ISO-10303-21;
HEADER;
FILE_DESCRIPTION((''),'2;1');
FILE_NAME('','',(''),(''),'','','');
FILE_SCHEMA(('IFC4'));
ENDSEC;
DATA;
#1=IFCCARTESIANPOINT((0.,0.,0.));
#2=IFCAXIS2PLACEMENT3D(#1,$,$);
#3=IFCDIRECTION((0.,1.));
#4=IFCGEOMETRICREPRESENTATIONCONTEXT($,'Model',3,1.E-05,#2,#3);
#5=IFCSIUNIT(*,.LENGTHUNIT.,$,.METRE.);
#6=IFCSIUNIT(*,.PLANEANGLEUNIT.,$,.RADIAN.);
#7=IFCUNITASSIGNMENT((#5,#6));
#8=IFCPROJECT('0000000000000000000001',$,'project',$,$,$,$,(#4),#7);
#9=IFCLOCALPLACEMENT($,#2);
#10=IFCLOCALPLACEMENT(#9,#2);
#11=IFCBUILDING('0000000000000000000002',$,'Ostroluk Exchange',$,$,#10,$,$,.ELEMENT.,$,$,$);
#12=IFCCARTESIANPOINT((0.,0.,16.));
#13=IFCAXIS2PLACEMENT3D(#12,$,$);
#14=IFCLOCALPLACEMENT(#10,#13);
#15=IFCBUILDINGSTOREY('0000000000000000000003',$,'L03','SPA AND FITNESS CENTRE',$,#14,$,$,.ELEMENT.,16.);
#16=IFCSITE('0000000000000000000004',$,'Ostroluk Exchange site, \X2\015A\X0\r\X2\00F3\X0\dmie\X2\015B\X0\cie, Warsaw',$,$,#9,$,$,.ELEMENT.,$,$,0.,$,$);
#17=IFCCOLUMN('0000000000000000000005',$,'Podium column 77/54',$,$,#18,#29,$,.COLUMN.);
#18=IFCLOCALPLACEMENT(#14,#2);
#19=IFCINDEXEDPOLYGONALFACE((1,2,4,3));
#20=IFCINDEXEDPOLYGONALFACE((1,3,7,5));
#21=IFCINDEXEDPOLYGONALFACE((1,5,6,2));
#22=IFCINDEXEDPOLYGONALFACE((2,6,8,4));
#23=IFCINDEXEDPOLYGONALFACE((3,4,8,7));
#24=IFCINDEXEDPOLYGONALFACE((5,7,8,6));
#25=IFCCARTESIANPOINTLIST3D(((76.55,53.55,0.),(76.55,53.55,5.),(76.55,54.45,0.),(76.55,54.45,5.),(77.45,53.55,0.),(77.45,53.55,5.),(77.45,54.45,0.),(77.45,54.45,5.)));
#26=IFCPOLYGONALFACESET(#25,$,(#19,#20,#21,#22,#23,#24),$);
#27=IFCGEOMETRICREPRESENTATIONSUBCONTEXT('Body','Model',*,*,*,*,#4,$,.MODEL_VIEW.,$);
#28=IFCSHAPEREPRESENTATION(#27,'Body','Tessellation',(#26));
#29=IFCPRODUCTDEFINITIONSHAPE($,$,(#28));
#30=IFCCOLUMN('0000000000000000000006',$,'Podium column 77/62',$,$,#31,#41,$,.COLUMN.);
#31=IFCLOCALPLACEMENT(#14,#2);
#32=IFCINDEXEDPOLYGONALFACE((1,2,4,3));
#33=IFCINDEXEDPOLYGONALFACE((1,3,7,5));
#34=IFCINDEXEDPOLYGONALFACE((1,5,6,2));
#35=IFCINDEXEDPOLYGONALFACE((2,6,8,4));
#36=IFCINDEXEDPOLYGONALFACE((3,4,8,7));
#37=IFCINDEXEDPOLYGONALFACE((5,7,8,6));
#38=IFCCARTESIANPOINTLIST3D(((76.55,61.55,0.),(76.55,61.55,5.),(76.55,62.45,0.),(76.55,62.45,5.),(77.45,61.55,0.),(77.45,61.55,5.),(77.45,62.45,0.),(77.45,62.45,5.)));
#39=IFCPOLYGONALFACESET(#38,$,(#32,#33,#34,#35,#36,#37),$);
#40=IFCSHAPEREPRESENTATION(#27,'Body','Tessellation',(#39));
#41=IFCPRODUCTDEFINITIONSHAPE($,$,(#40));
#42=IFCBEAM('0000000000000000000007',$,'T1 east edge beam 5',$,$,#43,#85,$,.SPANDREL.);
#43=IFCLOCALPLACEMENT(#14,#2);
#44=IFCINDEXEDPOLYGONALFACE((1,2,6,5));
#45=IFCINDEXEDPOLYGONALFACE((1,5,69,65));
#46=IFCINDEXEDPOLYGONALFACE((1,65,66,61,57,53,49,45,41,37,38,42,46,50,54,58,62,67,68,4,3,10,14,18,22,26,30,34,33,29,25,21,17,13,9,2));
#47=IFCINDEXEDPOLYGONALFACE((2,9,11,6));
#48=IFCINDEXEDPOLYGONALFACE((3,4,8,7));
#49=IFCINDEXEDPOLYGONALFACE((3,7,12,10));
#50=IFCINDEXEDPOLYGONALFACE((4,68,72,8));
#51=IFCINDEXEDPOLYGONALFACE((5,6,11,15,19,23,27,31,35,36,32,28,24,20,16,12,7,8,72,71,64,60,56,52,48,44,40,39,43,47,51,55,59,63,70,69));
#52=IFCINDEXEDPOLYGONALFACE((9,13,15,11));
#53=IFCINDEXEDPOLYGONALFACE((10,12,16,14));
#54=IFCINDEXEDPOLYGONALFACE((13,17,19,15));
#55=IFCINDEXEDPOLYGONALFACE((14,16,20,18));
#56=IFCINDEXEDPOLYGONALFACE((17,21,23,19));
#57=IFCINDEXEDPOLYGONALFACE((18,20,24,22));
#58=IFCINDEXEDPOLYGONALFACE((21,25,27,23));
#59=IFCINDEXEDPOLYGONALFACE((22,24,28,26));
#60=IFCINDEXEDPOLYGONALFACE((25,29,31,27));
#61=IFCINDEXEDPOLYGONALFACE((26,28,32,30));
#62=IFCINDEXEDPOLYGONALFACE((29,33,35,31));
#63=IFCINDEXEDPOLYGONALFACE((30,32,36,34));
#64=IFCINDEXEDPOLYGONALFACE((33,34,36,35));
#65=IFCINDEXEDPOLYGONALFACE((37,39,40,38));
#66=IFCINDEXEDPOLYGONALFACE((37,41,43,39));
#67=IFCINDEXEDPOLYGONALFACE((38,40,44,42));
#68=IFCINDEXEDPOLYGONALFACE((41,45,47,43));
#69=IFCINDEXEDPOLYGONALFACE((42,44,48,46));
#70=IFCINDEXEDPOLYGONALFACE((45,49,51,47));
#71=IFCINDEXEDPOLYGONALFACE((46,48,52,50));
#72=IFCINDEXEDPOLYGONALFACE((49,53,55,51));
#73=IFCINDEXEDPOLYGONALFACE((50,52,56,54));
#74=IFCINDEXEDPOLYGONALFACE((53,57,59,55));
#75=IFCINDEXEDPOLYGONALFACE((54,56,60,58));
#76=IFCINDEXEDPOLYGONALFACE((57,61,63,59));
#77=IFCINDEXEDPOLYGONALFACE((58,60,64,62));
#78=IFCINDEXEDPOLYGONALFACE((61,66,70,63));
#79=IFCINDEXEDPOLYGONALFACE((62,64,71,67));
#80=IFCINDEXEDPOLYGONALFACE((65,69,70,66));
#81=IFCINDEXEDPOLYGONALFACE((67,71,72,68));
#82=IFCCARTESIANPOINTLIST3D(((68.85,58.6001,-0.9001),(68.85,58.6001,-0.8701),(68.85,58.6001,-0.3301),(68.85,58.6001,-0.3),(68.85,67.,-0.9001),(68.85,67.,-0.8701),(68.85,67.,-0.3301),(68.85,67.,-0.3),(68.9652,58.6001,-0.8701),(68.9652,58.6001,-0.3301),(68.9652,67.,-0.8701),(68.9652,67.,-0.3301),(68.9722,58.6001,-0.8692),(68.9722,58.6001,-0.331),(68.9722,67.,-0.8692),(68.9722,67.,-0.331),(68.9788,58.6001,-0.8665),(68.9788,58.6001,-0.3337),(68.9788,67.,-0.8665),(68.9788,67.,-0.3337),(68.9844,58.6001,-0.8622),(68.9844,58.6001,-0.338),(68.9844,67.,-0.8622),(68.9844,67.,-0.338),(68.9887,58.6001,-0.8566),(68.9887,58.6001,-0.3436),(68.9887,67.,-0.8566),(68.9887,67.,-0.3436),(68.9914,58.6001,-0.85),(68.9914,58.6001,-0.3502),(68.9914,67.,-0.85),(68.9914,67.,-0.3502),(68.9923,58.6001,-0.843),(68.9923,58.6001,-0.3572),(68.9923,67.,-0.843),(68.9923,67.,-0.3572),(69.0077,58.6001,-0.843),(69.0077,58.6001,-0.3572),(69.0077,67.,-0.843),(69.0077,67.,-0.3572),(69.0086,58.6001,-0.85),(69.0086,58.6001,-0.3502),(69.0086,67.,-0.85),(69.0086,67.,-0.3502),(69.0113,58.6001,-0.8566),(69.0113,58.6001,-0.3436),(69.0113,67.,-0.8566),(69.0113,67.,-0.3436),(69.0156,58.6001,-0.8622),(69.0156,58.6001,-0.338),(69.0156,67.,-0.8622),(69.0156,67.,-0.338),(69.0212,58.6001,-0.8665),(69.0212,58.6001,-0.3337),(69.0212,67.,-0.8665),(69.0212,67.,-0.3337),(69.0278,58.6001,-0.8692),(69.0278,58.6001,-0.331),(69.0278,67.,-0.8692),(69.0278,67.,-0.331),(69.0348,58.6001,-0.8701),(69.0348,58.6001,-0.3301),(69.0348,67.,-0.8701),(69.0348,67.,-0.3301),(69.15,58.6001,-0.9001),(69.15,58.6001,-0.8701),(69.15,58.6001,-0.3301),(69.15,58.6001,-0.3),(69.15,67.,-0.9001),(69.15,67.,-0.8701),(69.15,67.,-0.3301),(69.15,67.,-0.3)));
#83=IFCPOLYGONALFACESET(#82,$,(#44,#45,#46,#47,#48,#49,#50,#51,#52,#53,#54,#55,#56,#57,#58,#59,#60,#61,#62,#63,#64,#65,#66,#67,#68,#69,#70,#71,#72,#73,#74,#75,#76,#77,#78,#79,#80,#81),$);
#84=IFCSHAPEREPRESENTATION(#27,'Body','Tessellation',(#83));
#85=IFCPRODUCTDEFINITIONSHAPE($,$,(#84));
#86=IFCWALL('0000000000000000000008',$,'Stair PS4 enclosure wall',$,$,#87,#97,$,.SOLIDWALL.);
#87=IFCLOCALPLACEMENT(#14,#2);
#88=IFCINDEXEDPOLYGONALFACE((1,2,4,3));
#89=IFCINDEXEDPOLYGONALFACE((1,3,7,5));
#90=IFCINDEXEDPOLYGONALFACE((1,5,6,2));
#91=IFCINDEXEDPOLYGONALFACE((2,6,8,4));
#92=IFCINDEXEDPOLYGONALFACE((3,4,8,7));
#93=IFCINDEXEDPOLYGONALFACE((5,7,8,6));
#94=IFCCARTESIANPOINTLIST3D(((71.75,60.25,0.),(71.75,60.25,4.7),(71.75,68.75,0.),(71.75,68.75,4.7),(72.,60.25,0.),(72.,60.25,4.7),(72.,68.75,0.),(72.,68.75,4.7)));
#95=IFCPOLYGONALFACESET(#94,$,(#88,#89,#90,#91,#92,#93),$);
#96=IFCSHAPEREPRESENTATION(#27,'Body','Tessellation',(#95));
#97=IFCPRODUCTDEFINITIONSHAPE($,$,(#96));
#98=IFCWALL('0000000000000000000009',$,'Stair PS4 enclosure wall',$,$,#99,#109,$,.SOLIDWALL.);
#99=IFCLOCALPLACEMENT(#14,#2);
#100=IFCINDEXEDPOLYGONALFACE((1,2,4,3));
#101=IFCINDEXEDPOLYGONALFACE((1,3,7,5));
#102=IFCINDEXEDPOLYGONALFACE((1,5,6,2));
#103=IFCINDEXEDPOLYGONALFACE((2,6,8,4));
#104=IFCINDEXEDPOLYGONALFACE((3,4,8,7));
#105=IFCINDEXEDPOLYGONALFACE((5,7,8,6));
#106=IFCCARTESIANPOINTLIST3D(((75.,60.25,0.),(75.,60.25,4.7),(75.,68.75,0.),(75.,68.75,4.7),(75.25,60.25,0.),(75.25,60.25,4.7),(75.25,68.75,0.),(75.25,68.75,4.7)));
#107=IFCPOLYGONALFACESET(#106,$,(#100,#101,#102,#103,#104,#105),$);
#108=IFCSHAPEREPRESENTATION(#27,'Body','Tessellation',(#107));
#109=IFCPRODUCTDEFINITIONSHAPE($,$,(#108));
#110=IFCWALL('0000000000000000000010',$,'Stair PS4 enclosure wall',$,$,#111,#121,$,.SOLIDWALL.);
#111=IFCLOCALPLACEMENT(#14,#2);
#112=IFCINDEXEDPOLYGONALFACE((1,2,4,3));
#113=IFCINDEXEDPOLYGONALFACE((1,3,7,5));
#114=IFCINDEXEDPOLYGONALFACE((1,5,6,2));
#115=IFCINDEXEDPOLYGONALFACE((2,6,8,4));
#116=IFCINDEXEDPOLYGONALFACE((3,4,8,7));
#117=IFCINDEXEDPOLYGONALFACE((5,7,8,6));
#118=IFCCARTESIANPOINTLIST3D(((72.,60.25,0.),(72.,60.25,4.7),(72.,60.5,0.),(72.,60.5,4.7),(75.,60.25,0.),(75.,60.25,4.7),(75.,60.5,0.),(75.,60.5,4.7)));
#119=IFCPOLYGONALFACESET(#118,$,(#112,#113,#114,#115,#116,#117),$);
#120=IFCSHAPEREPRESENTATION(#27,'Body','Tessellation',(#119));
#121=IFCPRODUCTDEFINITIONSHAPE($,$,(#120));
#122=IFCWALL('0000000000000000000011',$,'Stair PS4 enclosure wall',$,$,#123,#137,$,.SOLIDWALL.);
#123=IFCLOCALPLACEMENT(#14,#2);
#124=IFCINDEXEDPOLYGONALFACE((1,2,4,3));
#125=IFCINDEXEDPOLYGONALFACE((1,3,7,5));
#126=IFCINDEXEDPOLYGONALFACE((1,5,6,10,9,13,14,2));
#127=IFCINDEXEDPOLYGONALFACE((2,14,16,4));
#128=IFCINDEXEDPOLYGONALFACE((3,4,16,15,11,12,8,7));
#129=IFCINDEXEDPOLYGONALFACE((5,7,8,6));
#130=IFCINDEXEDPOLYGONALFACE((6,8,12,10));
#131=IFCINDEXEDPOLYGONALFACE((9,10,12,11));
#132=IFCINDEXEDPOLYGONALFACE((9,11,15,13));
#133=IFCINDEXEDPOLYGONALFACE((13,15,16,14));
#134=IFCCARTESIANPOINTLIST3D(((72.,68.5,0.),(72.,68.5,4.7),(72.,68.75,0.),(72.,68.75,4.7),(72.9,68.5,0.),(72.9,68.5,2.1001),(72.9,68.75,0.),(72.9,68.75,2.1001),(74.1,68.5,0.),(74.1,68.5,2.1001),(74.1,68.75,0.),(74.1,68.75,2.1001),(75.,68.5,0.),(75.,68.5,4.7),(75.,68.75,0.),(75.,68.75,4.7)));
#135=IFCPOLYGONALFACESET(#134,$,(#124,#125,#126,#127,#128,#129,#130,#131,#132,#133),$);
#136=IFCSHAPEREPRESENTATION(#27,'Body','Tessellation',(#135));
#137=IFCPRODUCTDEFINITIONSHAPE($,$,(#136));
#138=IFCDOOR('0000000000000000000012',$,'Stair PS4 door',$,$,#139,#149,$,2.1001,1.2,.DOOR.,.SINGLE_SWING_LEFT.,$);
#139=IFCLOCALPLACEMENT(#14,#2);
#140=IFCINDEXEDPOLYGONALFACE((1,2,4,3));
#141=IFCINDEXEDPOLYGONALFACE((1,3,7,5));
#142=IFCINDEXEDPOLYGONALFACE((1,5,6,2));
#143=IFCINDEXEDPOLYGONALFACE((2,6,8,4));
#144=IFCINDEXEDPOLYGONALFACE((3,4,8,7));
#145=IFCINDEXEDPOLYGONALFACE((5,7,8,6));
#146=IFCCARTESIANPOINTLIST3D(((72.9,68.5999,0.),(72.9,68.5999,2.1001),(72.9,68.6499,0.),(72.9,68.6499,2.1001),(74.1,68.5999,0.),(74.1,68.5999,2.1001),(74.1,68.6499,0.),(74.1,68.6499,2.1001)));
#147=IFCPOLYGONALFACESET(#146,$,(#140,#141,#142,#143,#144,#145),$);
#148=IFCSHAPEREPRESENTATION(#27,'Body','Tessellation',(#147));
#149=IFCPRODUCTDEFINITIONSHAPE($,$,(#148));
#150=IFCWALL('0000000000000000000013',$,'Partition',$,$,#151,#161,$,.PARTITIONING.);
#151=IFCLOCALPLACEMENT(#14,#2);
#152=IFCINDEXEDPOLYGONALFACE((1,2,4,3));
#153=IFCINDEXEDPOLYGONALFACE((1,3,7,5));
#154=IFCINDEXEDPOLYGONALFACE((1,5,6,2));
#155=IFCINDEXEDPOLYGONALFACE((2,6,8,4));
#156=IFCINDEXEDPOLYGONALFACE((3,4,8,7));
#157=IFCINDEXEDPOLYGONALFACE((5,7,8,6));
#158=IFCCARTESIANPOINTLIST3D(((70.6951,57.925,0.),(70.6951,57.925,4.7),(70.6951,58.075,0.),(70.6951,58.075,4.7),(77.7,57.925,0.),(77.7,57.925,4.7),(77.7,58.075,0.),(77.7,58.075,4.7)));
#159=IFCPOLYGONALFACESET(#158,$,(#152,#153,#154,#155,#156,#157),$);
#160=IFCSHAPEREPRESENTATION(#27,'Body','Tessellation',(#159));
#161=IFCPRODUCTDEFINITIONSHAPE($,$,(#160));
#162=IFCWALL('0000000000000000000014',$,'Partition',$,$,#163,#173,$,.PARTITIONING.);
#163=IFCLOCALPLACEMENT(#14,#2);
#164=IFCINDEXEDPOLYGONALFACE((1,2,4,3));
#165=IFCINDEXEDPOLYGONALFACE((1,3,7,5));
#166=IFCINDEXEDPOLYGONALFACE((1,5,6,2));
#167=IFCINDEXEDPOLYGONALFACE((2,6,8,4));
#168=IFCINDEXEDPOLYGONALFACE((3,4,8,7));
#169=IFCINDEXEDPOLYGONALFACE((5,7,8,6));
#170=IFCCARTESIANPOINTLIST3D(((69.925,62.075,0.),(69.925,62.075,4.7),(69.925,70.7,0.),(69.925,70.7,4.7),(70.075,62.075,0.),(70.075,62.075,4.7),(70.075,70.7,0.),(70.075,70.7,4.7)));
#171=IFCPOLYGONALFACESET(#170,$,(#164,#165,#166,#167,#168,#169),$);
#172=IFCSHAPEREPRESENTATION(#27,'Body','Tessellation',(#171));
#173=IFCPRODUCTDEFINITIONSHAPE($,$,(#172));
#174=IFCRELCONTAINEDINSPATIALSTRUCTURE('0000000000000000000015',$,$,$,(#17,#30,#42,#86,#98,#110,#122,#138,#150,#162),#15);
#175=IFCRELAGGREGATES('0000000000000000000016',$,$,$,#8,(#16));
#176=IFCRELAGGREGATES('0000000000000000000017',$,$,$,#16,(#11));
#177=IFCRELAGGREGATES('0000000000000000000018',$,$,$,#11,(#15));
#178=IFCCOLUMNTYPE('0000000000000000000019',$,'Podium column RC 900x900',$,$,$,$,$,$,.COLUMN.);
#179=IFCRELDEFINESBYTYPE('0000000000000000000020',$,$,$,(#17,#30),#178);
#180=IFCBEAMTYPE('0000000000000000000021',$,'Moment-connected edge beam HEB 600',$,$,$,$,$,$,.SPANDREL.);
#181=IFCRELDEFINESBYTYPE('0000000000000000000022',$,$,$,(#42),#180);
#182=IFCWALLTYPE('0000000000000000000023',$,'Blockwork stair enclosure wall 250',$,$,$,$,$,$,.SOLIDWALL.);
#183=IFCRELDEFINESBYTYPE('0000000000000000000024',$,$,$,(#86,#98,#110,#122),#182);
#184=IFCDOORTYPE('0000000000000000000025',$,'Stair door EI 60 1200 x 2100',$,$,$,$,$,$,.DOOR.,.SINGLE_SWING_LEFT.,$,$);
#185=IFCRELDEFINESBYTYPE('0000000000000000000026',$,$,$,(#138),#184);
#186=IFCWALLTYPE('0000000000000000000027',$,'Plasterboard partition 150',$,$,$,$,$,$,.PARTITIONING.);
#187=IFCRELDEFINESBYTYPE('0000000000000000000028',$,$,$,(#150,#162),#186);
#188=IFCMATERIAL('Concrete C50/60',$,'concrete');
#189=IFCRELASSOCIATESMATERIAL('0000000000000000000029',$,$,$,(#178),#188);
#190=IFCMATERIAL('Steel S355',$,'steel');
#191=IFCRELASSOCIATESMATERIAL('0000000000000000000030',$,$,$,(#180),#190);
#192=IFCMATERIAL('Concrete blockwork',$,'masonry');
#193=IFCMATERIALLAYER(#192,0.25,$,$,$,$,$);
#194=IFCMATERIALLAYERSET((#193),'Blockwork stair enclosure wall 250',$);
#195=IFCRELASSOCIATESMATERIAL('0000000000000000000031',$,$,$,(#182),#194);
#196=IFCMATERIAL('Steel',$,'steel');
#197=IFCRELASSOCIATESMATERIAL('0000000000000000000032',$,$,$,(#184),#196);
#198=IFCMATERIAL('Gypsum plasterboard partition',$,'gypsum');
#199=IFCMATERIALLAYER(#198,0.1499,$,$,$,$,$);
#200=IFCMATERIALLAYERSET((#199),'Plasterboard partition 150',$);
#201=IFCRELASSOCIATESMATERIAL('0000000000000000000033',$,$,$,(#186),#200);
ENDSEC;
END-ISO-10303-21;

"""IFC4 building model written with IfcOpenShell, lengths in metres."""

from ifc_helpers import new_model, si_unit, direction, frame, frame_2d, origin, origin_2d, place, context, subcontext, project, spatial, rectangle, i_section, extrude, material, layer, layer_set, material_profile, profile_set, type_object, element, fill, save


model = new_model("IFC4")

# Units and contexts
model_context = context("Model", 3, precision=1e-05, world=origin(), true_north=direction((0.0, 1.0)))
body_context = subcontext(model_context, "Body", "Model", "MODEL_VIEW")
ifc_project = project(units=[si_unit("LENGTHUNIT", "METRE"), si_unit("PLANEANGLEUNIT", "RADIAN")], contexts=[model_context])

# Site, building, storey
site_placement = place(None, origin())
site = spatial("IfcSite", under=ifc_project, at=site_placement, Name="Ostroluk Exchange site, Śródmieście, Warsaw", CompositionType="ELEMENT", RefElevation=0.0)
building_placement = place(site_placement, origin())
building = spatial("IfcBuilding", under=site, at=building_placement, Name="Ostroluk Exchange", CompositionType="ELEMENT")
storey_placement = place(building_placement, frame((0.0, 0.0, 16.0)))
storey = spatial("IfcBuildingStorey", under=building, at=storey_placement, Name="L03", Description="SPA AND FITNESS CENTRE", CompositionType="ELEMENT", Elevation=16.0)

# Columns
ifc_material_1 = material(Name="Concrete C50/60", Category="concrete")
ifc_material_profile_1 = material_profile(ifc_material_1, rectangle(XDim=0.8999, YDim=0.8999, at=origin_2d()), Name="RC 900x900")
ifc_profile_set_1 = profile_set([ifc_material_profile_1], Name="Concrete C50/60")
column_type = type_object("IfcColumnType", Name="Podium column RC 900x900", PredefinedType="COLUMN", material=ifc_profile_set_1)
for number, where, z_axis, x_axis, name in (
    (1, (77.0, 54.0, 0.0), (0.0, 0.0, 1.0), (1.0, 0.0, 0.0), "Podium column 77/54"),
    (2, (77.0, 62.0, 0.0), (0.0, 0.0, 1.0), (1.0, 0.0, 0.0), "Podium column 77/62"),
):
    element("IfcColumn", number, at=place(storey_placement, frame(where, z_axis=z_axis, x_axis=x_axis)), inside=storey, type_object=column_type, Name=name, PredefinedType="COLUMN", context=body_context, shape_type="SweptSolid", body=[
        extrude(rectangle(XDim=0.8999, YDim=0.8999, at=origin_2d()), origin(), (0.0, 0.0, 1.0), 5.0),
    ])

# Beam
ifc_material_2 = material(Name="Steel S355", Category="steel")
ifc_material_profile_2 = material_profile(ifc_material_2, i_section(OverallWidth=0.3, OverallDepth=0.6001, WebThickness=0.0154, FlangeThickness=0.03, FilletRadius=0.0271, at=origin_2d()), Name="HEB 600")
ifc_profile_set_2 = profile_set([ifc_material_profile_2], Name="Steel S355")
beam_type = type_object("IfcBeamType", Name="Moment-connected edge beam HEB 600", PredefinedType="SPANDREL", material=ifc_profile_set_2)
beam_placement = place(storey_placement, frame((69.0, 58.6001, -0.6001), z_axis=(0.0, 1.0, 0.0), x_axis=(-1.0, 0.0, 0.0)))
element("IfcBeam", 3, at=beam_placement, inside=storey, type_object=beam_type, Name="T1 east edge beam 5", PredefinedType="SPANDREL", context=body_context, shape_type="SweptSolid", body=[
    extrude(i_section(OverallWidth=0.3, OverallDepth=0.6001, WebThickness=0.0154, FlangeThickness=0.03, FilletRadius=0.0271, at=origin_2d()), origin(), (0.0, 0.0, 1.0), 8.3999),
])

# Walls
ifc_material_3 = material(Name="Concrete blockwork", Category="masonry")
ifc_layer_1 = layer(ifc_material_3, 0.25)
ifc_layer_set_1 = layer_set([ifc_layer_1], Name="Blockwork stair enclosure wall 250")
wall_type_1 = type_object("IfcWallType", Name="Blockwork stair enclosure wall 250", PredefinedType="SOLIDWALL", material=ifc_layer_set_1)
for number, where, z_axis, x_axis, name in (
    (4, (71.875, 60.25, 0.0), (0.0, 0.0, 1.0), (0.0, 1.0, 0.0), "Stair PS4 enclosure wall"),
    (5, (75.125, 60.25, 0.0), (0.0, 0.0, 1.0), (0.0, 1.0, 0.0), "Stair PS4 enclosure wall"),
):
    element("IfcWall", number, at=place(storey_placement, frame(where, z_axis=z_axis, x_axis=x_axis)), inside=storey, type_object=wall_type_1, Name=name, PredefinedType="SOLIDWALL", context=body_context, shape_type="SweptSolid", body=[
        extrude(rectangle(XDim=8.5, YDim=0.25, at=frame_2d((4.25, 0.0))), origin(), (0.0, 0.0, 1.0), 4.7),
    ])
wall_1_placement = place(storey_placement, frame((72.0, 60.375, 0.0), z_axis=(0.0, 0.0, 1.0), x_axis=(1.0, 0.0, 0.0)))
element("IfcWall", 6, at=wall_1_placement, inside=storey, type_object=wall_type_1, Name="Stair PS4 enclosure wall", PredefinedType="SOLIDWALL", context=body_context, shape_type="SweptSolid", body=[
    extrude(rectangle(XDim=3.0, YDim=0.25, at=frame_2d((1.5, 0.0))), origin(), (0.0, 0.0, 1.0), 4.7),
])

# Wall, opening, door
wall_2_placement = place(storey_placement, frame((72.0, 68.625, 0.0), z_axis=(0.0, 0.0, 1.0), x_axis=(1.0, 0.0, 0.0)))
wall_2 = element("IfcWall", 7, at=wall_2_placement, inside=storey, type_object=wall_type_1, Name="Stair PS4 enclosure wall", PredefinedType="SOLIDWALL", context=body_context, shape_type="SweptSolid", body=[
    extrude(rectangle(XDim=3.0, YDim=0.25, at=frame_2d((1.5, 0.0))), origin(), (0.0, 0.0, 1.0), 4.7),
])
opening_placement = place(wall_2_placement, frame((0.8999, 0.0, 0.0)))
opening = element("IfcOpeningElement", 8, at=opening_placement, cuts=wall_2, PredefinedType="OPENING", context=body_context, shape_type="SweptSolid", body=[
    extrude(rectangle(XDim=1.2, YDim=2.1001, at=frame_2d((0.6001, 1.05))), frame((0.0, 0.135, 0.0), z_axis=(0.0, -1.0, 0.0), x_axis=(1.0, 0.0, 0.0)), (0.0, 0.0, 1.0), 0.27),
])
ifc_material_4 = material(Name="Steel", Category="steel")
door_type = type_object("IfcDoorType", Name="Stair door EI 60 1200 x 2100", OperationType="SINGLE_SWING_LEFT", PredefinedType="DOOR", material=ifc_material_4)
door_placement = place(opening_placement, origin())
door = element("IfcDoor", 9, at=door_placement, inside=storey, type_object=door_type, Name="Stair PS4 door", OperationType="SINGLE_SWING_LEFT", OverallHeight=2.1001, OverallWidth=1.2, PredefinedType="DOOR", context=body_context, shape_type="SweptSolid", body=[
    extrude(rectangle(XDim=1.2, YDim=2.1001, at=frame_2d((0.6001, 1.05))), frame((0.0, 0.0249, 0.0), z_axis=(0.0, -1.0, 0.0), x_axis=(1.0, 0.0, 0.0)), (0.0, 0.0, 1.0), 0.05),
])
fill(opening, door)

# Walls
ifc_material_5 = material(Name="Gypsum plasterboard partition", Category="gypsum")
ifc_layer_2 = layer(ifc_material_5, 0.1499)
ifc_layer_set_2 = layer_set([ifc_layer_2], Name="Plasterboard partition 150")
wall_type_2 = type_object("IfcWallType", Name="Plasterboard partition 150", PredefinedType="PARTITIONING", material=ifc_layer_set_2)
wall_3_placement = place(storey_placement, frame((70.6951, 58.0, 0.0), z_axis=(0.0, 0.0, 1.0), x_axis=(1.0, 0.0, 0.0)))
element("IfcWall", 10, at=wall_3_placement, inside=storey, type_object=wall_type_2, Name="Partition", PredefinedType="PARTITIONING", context=body_context, shape_type="SweptSolid", body=[
    extrude(rectangle(XDim=7.0049, YDim=0.1499, at=frame_2d((3.5024, 0.0))), origin(), (0.0, 0.0, 1.0), 4.7),
])
wall_4_placement = place(storey_placement, frame((70.0, 62.075, 0.0), z_axis=(0.0, 0.0, 1.0), x_axis=(0.0, 1.0, 0.0)))
element("IfcWall", 11, at=wall_4_placement, inside=storey, type_object=wall_type_2, Name="Partition", PredefinedType="PARTITIONING", context=body_context, shape_type="SweptSolid", body=[
    extrude(rectangle(XDim=8.625, YDim=0.1499, at=frame_2d((4.3125, 0.0))), origin(), (0.0, 0.0, 1.0), 4.7),
])

save(model, "model.ifc")
